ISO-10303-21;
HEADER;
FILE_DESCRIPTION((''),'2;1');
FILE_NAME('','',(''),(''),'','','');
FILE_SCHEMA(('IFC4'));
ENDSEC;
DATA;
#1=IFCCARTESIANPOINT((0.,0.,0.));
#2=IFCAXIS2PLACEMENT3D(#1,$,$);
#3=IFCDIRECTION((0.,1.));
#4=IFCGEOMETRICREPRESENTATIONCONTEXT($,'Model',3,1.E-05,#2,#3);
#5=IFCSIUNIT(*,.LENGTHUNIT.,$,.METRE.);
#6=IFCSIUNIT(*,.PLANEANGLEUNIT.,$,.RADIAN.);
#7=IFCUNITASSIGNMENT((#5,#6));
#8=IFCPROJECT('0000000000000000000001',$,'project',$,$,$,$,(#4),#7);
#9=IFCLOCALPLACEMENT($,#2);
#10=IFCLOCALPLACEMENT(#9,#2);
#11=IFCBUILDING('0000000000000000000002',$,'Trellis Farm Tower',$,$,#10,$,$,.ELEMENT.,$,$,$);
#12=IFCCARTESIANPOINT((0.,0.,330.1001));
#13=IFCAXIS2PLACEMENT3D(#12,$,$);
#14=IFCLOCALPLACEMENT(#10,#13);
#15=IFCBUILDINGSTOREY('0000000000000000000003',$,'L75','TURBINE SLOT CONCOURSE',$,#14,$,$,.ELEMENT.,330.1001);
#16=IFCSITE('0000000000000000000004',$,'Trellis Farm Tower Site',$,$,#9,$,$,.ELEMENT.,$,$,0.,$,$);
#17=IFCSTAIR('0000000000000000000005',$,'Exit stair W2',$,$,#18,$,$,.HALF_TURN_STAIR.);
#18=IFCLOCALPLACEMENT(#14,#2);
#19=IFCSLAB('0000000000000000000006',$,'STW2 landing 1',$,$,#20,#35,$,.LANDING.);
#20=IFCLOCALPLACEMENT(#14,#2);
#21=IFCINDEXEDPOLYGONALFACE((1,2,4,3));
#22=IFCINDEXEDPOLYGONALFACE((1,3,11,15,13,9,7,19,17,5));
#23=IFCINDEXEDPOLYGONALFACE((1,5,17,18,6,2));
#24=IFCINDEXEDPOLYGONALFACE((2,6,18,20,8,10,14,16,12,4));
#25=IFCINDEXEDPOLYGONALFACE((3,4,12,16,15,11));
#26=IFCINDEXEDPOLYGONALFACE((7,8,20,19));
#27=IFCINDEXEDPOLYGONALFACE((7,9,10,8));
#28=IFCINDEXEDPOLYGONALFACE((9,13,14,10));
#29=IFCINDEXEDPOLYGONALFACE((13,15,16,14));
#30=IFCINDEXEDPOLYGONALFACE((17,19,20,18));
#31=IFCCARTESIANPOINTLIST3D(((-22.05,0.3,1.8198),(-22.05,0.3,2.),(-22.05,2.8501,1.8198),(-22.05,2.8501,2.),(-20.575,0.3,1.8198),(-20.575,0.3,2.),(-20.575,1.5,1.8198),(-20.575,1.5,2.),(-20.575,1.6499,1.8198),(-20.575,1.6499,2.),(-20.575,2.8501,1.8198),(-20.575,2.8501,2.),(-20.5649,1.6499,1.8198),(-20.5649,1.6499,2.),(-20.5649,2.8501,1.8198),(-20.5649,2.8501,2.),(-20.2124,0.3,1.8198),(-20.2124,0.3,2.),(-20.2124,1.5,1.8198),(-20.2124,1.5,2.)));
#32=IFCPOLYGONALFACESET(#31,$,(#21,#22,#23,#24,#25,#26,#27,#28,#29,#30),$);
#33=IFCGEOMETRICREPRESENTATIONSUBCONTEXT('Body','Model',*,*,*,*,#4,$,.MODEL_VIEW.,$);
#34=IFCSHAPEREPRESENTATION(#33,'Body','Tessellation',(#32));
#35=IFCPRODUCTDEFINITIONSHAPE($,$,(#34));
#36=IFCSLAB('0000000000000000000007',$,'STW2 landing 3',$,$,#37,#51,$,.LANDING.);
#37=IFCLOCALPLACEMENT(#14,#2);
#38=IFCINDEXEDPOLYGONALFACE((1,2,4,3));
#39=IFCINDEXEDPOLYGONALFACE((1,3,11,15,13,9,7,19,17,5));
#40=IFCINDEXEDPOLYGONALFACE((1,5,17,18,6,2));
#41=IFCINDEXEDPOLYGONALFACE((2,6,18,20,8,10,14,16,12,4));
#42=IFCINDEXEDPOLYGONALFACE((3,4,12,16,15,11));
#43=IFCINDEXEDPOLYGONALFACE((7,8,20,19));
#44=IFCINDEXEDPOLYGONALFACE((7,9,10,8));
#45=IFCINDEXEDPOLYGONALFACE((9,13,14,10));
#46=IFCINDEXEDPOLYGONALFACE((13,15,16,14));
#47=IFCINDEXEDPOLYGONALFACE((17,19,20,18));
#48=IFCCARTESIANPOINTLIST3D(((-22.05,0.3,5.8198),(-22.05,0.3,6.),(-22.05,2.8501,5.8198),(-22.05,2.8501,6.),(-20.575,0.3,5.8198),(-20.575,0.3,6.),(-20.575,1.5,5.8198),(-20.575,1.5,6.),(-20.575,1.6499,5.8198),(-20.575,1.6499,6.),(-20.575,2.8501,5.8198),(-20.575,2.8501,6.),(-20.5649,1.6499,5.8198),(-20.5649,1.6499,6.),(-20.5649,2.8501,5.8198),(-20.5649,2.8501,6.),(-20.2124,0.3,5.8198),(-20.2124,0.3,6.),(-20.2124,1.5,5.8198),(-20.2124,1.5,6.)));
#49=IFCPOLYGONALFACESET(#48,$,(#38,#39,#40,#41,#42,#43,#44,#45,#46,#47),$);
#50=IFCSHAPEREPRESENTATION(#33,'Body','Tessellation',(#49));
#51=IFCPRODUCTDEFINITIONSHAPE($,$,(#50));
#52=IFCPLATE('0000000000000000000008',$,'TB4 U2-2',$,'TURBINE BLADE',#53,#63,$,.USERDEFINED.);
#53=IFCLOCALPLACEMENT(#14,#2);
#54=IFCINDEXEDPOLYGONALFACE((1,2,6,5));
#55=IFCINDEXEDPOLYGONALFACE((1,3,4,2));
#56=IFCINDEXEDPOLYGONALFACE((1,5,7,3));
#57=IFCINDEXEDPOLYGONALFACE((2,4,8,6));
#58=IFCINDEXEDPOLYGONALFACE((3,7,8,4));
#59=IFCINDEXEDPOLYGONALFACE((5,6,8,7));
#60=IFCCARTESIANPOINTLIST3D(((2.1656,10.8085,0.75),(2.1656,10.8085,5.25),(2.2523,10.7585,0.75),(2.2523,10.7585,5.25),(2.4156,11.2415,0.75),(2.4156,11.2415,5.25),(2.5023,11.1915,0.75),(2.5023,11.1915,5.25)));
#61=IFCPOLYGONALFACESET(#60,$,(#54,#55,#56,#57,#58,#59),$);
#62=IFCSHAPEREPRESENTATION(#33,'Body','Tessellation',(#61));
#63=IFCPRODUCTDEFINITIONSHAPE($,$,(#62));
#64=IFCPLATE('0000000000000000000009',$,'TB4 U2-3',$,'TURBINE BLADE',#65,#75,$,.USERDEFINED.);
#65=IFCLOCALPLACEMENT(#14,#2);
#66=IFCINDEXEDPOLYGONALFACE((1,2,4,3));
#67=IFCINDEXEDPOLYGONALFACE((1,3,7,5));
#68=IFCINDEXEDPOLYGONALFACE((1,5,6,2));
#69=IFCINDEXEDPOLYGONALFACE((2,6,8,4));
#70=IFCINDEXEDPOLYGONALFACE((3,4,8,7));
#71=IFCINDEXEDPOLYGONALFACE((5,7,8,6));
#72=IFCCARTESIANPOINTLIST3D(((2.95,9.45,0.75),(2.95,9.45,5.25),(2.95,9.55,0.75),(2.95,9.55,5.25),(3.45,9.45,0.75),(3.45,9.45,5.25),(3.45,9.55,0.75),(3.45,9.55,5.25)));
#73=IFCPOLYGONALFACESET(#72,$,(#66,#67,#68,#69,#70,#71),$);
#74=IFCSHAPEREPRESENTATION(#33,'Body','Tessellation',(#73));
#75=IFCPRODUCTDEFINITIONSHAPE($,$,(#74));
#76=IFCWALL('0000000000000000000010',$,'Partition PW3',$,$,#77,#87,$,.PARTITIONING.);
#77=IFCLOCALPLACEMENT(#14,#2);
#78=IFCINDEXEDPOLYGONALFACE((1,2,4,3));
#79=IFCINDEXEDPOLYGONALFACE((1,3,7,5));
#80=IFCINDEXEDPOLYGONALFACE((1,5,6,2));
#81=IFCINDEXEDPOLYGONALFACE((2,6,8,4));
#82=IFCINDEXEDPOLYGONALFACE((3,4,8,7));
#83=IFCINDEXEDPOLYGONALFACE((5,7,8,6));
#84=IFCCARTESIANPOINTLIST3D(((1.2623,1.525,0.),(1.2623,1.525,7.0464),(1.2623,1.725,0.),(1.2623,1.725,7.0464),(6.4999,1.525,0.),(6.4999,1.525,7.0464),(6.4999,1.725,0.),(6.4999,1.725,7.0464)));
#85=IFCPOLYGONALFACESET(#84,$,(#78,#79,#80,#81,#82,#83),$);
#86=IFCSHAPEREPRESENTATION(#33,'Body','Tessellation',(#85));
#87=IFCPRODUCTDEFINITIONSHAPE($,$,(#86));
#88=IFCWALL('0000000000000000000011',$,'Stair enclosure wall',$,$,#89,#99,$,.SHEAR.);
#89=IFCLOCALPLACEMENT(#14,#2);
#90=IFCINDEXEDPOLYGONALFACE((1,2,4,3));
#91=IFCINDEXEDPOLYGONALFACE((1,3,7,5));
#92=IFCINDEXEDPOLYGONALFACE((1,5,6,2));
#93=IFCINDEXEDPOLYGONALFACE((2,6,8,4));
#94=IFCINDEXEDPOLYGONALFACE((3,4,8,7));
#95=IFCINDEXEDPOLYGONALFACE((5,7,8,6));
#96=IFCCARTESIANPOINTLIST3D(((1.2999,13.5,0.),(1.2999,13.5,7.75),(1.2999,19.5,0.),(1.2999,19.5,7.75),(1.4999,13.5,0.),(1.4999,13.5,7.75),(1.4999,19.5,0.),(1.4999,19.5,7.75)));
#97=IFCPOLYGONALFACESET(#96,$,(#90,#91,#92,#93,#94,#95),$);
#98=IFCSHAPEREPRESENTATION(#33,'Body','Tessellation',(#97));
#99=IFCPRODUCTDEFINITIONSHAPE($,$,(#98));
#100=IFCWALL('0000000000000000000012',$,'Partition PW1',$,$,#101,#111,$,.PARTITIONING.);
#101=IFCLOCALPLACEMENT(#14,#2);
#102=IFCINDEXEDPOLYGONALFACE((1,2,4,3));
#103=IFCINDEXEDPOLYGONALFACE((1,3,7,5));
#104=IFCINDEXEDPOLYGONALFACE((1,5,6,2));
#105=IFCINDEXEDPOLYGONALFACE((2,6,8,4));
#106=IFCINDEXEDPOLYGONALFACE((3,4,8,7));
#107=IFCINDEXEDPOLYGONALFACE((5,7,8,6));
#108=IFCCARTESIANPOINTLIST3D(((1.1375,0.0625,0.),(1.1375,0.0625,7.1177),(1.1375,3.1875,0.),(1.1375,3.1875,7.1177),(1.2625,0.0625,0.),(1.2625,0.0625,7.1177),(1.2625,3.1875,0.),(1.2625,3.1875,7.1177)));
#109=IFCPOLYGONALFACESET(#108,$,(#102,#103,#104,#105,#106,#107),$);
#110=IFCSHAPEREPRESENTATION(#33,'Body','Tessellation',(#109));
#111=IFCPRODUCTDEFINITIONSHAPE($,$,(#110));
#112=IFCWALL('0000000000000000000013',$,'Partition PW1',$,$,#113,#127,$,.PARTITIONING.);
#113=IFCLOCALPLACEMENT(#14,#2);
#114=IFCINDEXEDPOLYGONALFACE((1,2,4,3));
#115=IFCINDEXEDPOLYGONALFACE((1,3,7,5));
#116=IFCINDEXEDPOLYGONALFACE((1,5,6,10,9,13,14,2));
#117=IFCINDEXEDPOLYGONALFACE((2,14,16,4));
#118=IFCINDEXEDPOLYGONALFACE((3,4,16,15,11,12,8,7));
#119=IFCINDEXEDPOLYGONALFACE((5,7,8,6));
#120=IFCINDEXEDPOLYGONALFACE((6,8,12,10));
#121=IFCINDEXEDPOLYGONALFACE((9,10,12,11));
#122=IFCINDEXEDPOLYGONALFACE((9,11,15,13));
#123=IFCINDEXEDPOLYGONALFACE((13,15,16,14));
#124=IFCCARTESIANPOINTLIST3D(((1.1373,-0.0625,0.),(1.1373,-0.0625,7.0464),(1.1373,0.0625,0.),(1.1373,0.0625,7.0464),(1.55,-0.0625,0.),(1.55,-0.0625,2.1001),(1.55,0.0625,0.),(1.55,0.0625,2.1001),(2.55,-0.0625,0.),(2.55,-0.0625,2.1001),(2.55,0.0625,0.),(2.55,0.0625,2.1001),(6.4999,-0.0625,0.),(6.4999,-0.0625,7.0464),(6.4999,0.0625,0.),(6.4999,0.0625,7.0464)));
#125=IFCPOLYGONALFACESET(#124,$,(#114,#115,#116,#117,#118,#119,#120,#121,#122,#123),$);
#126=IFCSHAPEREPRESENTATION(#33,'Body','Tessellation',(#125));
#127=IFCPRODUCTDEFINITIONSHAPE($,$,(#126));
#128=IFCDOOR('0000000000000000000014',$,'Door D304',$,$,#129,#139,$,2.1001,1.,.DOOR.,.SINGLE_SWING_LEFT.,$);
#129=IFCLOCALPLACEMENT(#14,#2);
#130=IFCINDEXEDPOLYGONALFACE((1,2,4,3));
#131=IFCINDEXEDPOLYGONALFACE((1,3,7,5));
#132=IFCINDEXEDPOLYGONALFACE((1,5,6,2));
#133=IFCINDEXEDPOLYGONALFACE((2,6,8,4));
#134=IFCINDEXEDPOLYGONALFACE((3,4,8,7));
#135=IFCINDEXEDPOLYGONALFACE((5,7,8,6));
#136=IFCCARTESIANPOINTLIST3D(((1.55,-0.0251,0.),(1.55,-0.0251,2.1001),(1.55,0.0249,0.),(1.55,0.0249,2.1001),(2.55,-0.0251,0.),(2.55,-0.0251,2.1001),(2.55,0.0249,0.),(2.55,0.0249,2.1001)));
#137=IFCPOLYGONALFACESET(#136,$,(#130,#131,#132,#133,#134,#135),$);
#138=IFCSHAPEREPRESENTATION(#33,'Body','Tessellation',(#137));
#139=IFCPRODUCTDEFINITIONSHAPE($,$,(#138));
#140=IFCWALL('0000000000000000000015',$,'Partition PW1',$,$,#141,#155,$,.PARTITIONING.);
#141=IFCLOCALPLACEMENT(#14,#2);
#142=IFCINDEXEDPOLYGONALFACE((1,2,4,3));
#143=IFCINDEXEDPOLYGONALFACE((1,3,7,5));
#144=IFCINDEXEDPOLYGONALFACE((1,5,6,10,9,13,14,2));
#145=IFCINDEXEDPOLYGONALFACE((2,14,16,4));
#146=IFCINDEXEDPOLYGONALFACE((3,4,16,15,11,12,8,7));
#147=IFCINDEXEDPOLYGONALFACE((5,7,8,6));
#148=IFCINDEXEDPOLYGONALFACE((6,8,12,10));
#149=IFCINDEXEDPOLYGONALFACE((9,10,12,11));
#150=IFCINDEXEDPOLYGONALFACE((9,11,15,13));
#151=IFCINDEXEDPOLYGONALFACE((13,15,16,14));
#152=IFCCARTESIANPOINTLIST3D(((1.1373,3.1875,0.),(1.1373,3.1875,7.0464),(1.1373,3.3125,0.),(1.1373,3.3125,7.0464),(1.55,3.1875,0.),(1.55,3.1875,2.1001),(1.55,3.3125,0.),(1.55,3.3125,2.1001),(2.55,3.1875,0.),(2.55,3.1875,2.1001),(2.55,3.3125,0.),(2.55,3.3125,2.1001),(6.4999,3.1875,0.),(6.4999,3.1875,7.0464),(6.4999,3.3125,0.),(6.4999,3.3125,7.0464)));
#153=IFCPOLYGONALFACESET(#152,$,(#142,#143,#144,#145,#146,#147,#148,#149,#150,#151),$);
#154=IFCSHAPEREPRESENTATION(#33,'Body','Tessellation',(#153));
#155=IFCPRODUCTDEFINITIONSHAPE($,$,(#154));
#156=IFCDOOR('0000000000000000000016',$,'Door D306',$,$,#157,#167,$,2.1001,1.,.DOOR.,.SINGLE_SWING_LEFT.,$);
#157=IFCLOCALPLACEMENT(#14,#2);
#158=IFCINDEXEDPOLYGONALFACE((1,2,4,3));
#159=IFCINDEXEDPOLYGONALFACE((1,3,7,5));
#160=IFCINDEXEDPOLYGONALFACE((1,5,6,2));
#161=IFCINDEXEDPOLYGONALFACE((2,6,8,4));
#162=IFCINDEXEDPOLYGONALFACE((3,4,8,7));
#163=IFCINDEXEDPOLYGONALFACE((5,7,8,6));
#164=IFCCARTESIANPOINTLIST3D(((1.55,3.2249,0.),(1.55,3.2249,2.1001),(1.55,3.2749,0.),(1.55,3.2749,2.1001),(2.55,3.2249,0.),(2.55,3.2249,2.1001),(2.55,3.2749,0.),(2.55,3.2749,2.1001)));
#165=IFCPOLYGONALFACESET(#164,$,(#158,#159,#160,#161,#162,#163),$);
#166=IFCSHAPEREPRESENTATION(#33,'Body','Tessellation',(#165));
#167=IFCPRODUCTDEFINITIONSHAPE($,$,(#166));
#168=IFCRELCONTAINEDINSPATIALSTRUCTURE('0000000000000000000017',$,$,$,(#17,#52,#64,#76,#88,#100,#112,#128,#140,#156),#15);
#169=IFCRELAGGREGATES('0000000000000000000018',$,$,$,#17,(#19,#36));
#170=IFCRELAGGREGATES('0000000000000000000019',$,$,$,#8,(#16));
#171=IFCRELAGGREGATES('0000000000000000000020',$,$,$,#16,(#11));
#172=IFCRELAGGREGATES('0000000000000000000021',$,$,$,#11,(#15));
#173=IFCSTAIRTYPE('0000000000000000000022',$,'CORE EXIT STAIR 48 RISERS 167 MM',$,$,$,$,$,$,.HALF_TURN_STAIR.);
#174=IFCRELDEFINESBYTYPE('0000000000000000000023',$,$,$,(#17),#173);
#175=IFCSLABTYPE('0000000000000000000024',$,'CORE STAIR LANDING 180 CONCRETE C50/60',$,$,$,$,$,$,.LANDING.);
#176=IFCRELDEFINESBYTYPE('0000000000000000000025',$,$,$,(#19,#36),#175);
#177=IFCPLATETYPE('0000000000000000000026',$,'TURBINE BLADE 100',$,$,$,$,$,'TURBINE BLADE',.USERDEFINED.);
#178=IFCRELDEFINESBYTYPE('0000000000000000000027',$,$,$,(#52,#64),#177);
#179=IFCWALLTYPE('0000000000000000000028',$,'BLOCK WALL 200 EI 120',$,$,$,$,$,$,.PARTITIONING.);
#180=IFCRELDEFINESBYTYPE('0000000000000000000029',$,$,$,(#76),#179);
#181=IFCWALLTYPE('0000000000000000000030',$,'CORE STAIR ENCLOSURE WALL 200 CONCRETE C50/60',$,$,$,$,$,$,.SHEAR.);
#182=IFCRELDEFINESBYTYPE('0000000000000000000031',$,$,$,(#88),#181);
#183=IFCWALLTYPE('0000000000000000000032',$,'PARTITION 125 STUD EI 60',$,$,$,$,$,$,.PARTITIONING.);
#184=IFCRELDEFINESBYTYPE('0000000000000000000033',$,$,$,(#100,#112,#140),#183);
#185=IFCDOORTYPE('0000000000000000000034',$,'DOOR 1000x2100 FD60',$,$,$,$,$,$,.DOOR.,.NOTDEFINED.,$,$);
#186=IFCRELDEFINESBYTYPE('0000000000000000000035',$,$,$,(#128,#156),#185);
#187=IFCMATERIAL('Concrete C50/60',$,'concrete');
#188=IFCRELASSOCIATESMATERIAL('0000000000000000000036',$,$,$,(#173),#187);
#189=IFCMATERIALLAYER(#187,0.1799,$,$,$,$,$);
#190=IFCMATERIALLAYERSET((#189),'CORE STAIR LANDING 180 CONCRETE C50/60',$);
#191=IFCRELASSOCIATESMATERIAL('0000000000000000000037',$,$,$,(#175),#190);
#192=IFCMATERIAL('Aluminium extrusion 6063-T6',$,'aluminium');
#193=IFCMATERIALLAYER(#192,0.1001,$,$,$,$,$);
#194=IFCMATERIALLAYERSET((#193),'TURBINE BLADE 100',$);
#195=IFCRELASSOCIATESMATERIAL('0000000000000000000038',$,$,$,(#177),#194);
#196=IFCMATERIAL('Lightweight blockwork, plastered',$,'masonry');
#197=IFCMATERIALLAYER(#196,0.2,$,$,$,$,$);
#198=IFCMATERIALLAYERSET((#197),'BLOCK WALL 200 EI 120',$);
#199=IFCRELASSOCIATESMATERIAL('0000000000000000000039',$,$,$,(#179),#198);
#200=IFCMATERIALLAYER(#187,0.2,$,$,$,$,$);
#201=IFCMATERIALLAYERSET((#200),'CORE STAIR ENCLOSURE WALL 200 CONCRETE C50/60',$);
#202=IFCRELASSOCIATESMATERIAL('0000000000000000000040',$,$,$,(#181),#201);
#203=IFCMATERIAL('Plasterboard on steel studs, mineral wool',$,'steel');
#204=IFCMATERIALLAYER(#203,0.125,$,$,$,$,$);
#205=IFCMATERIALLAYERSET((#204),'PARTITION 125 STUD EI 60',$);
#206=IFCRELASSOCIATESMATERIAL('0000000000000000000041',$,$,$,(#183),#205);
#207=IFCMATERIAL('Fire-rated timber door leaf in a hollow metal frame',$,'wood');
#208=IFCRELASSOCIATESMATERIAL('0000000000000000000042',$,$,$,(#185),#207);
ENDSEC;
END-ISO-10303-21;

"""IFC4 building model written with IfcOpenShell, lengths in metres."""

from ifc_helpers import new_model, si_unit, direction, frame, frame_2d, origin, origin_2d, place, context, subcontext, project, spatial, polyline, rectangle, outline, extrude, source, transform, mapped, material, layer, layer_set, type_object, element, fill, aggregate, save


model = new_model("IFC4")

# Units and contexts
model_context = context("Model", 3, precision=1e-05, world=origin(), true_north=direction((0.0, 1.0)))
body_context = subcontext(model_context, "Body", "Model", "MODEL_VIEW")
ifc_project = project(units=[si_unit("LENGTHUNIT", "METRE"), si_unit("PLANEANGLEUNIT", "RADIAN")], contexts=[model_context])

# Site, building, storey
site_placement = place(None, origin())
site = spatial("IfcSite", under=ifc_project, at=site_placement, Name="Trellis Farm Tower Site", CompositionType="ELEMENT", RefElevation=0.0)
building_placement = place(site_placement, origin())
building = spatial("IfcBuilding", under=site, at=building_placement, Name="Trellis Farm Tower", CompositionType="ELEMENT")
storey_placement = place(building_placement, frame((0.0, 0.0, 330.1001)))
storey = spatial("IfcBuildingStorey", under=building, at=storey_placement, Name="L75", Description="TURBINE SLOT CONCOURSE", CompositionType="ELEMENT", Elevation=330.1001)

# Stair
ifc_material_1 = material(Name="Concrete C50/60", Category="concrete")
stair_type = type_object("IfcStairType", Name="CORE EXIT STAIR 48 RISERS 167 MM", PredefinedType="HALF_TURN_STAIR", material=ifc_material_1)
placement_1 = place(storey_placement, origin())
ifc_layer_1 = layer(ifc_material_1, 0.1799)
ifc_layer_set_1 = layer_set([ifc_layer_1], Name="CORE STAIR LANDING 180 CONCRETE C50/60")
slab_type = type_object("IfcSlabType", Name="CORE STAIR LANDING 180 CONCRETE C50/60", PredefinedType="LANDING", material=ifc_layer_set_1)
stair_1 = element("IfcStair", 1, at=placement_1, inside=storey, type_object=stair_type, Name="Exit stair W2", PredefinedType="HALF_TURN_STAIR")

# Slabs
placement_2 = place(storey_placement, frame((0.0, 0.0, 5.8198)))
placement_3 = place(storey_placement, frame((0.0, 0.0, 1.8198)))
shared_shape_1 = source(origin(), body_context, "Body", "SweptSolid", [
    extrude(outline(polyline([(-20.2124, 1.5), (-20.2124, 0.3), (-20.575, 0.3), (-22.05, 0.3), (-22.05, 2.8501), (-20.575, 2.8501), (-20.5649, 2.8501), (-20.5649, 1.6499), (-20.575, 1.6499), (-20.575, 1.5), (-20.2124, 1.5)])), origin(), (0.0, 0.0, 1.0), 0.1802),
])
slab_1 = element("IfcSlab", 2, at=placement_3, type_object=slab_type, Name="STW2 landing 1", PredefinedType="LANDING", context=body_context, shape_type="MappedRepresentation", body=[
    mapped(shared_shape_1, transform((0.0, 0.0, 0.0))),
])
slab_2 = element("IfcSlab", 3, at=placement_2, type_object=slab_type, Name="STW2 landing 3", PredefinedType="LANDING", context=body_context, shape_type="MappedRepresentation", body=[
    mapped(shared_shape_1, transform((0.0, 0.0, 0.0))),
])
aggregate(stair_1, [slab_1, slab_2])

# Plates
ifc_material_2 = material(Name="Aluminium extrusion 6063-T6", Category="aluminium")
ifc_layer_2 = layer(ifc_material_2, 0.1001)
ifc_layer_set_2 = layer_set([ifc_layer_2], Name="TURBINE BLADE 100")
plate_type = type_object("IfcPlateType", Name="TURBINE BLADE 100", ElementType="TURBINE BLADE", PredefinedType="USERDEFINED", material=ifc_layer_set_2)
shared_shape_2 = source(origin(), body_context, "Body", "SweptSolid", [
    extrude(rectangle(XDim=0.5, YDim=0.1001, at=origin_2d()), origin(), (0.0, 0.0, 1.0), 4.5),
])
for number, where, z_axis, x_axis, name in (
    (4, (2.334, 11.0, 0.75), (0.0, 0.0, 1.0), (-0.5, -0.866025, 0.0), "TB4 U2-2"),
    (5, (3.2, 9.5, 0.75), (0.0, 0.0, 1.0), (1.0, 0.0, 0.0), "TB4 U2-3"),
):
    element("IfcPlate", number, at=place(storey_placement, frame(where, z_axis=z_axis, x_axis=x_axis)), inside=storey, type_object=plate_type, Name=name, ObjectType="TURBINE BLADE", PredefinedType="USERDEFINED", context=body_context, shape_type="MappedRepresentation", body=[
        mapped(shared_shape_2, transform((0.0, 0.0, 0.0))),
    ])

# Walls
ifc_material_3 = material(Name="Lightweight blockwork, plastered", Category="masonry")
ifc_layer_3 = layer(ifc_material_3, 0.2)
ifc_layer_set_3 = layer_set([ifc_layer_3], Name="BLOCK WALL 200 EI 120")
wall_type_1 = type_object("IfcWallType", Name="BLOCK WALL 200 EI 120", PredefinedType="PARTITIONING", material=ifc_layer_set_3)
wall_1_placement = place(storey_placement, frame((1.2625, 1.625, 0.0), z_axis=(0.0, 0.0, 1.0), x_axis=(1.0, 0.0, 0.0)))
element("IfcWall", 6, at=wall_1_placement, inside=storey, type_object=wall_type_1, Name="Partition PW3", PredefinedType="PARTITIONING", context=body_context, shape_type="SweptSolid", body=[
    extrude(rectangle(XDim=5.2375, YDim=0.2, at=frame_2d((2.6187, 0.0))), origin(), (0.0, 0.0, 1.0), 7.0464),
])
ifc_layer_4 = layer(ifc_material_1, 0.2)
ifc_layer_set_4 = layer_set([ifc_layer_4], Name="CORE STAIR ENCLOSURE WALL 200 CONCRETE C50/60")
wall_type_2 = type_object("IfcWallType", Name="CORE STAIR ENCLOSURE WALL 200 CONCRETE C50/60", PredefinedType="SHEAR", material=ifc_layer_set_4)
shared_shape_3 = source(origin(), body_context, "Body", "SweptSolid", [
    extrude(rectangle(XDim=6.0, YDim=0.2, at=frame_2d((3.0, 0.0))), origin(), (0.0, 0.0, 1.0), 7.75),
])
wall_2_placement = place(storey_placement, frame((1.3999, 13.5, 0.0), z_axis=(0.0, 0.0, 1.0), x_axis=(0.0, 1.0, 0.0)))
element("IfcWall", 7, at=wall_2_placement, inside=storey, type_object=wall_type_2, Name="Stair enclosure wall", PredefinedType="SHEAR", context=body_context, shape_type="MappedRepresentation", body=[
    mapped(shared_shape_3, transform((0.0, 0.0, 0.0))),
])
ifc_material_4 = material(Name="Plasterboard on steel studs, mineral wool", Category="steel")
ifc_layer_5 = layer(ifc_material_4, 0.125)
ifc_layer_set_5 = layer_set([ifc_layer_5], Name="PARTITION 125 STUD EI 60")
wall_type_3 = type_object("IfcWallType", Name="PARTITION 125 STUD EI 60", PredefinedType="PARTITIONING", material=ifc_layer_set_5)
shared_shape_4 = source(origin(), body_context, "Body", "SweptSolid", [
    extrude(rectangle(XDim=3.125, YDim=0.125, at=frame_2d((1.5625, 0.0))), origin(), (0.0, 0.0, 1.0), 7.1177),
])
wall_3_placement = place(storey_placement, frame((1.2, 0.0625, 0.0), z_axis=(0.0, 0.0, 1.0), x_axis=(0.0, 1.0, 0.0)))
element("IfcWall", 8, at=wall_3_placement, inside=storey, type_object=wall_type_3, Name="Partition PW1", PredefinedType="PARTITIONING", context=body_context, shape_type="MappedRepresentation", body=[
    mapped(shared_shape_4, transform((0.0, 0.0, 0.0))),
])

# Walls, openings, doors
shared_shape_5 = source(origin(), body_context, "Body", "SweptSolid", [
    extrude(rectangle(XDim=5.3625, YDim=0.125, at=frame_2d((2.6812, 0.0))), origin(), (0.0, 0.0, 1.0), 7.0464),
])
wall_4_placement = place(storey_placement, frame((1.1375, 0.0, 0.0), z_axis=(0.0, 0.0, 1.0), x_axis=(1.0, 0.0, 0.0)))
wall_4 = element("IfcWall", 9, at=wall_4_placement, inside=storey, type_object=wall_type_3, Name="Partition PW1", PredefinedType="PARTITIONING", context=body_context, shape_type="MappedRepresentation", body=[
    mapped(shared_shape_5, transform((0.0, 0.0, 0.0))),
])
shared_shape_6 = source(origin(), body_context, "Body", "SweptSolid", [
    extrude(rectangle(XDim=1.0, YDim=2.1001, at=frame_2d((0.5, 1.05))), frame((0.0, 0.0725, 0.0), z_axis=(0.0, -1.0, 0.0), x_axis=(1.0, 0.0, 0.0)), (0.0, 0.0, 1.0), 0.145),
])
opening_1_placement = place(wall_4_placement, frame((0.4126, 0.0, 0.0)))
opening_1 = element("IfcOpeningElement", 10, at=opening_1_placement, cuts=wall_4, PredefinedType="OPENING", context=body_context, shape_type="MappedRepresentation", body=[
    mapped(shared_shape_6, transform((0.0, 0.0, 0.0))),
])
ifc_material_5 = material(Name="Fire-rated timber door leaf in a hollow metal frame", Category="wood")
door_type = type_object("IfcDoorType", Name="DOOR 1000x2100 FD60", OperationType="NOTDEFINED", PredefinedType="DOOR", material=ifc_material_5)
shared_shape_7 = source(origin(), body_context, "Body", "SweptSolid", [
    extrude(rectangle(XDim=1.0, YDim=2.1001, at=frame_2d((0.5, 1.05))), frame((0.0, 0.0249, 0.0), z_axis=(0.0, -1.0, 0.0), x_axis=(1.0, 0.0, 0.0)), (0.0, 0.0, 1.0), 0.05),
])
door_1_placement = place(opening_1_placement, origin())
door_1 = element("IfcDoor", 11, at=door_1_placement, inside=storey, type_object=door_type, Name="Door D304", OperationType="SINGLE_SWING_LEFT", OverallHeight=2.1001, OverallWidth=1.0, PredefinedType="DOOR", context=body_context, shape_type="MappedRepresentation", body=[
    mapped(shared_shape_7, transform((0.0, 0.0, 0.0))),
])
fill(opening_1, door_1)
wall_5_placement = place(storey_placement, frame((1.1375, 3.25, 0.0), z_axis=(0.0, 0.0, 1.0), x_axis=(1.0, 0.0, 0.0)))
wall_5 = element("IfcWall", 12, at=wall_5_placement, inside=storey, type_object=wall_type_3, Name="Partition PW1", PredefinedType="PARTITIONING", context=body_context, shape_type="MappedRepresentation", body=[
    mapped(shared_shape_5, transform((0.0, 0.0, 0.0))),
])
opening_2_placement = place(wall_5_placement, frame((0.4126, 0.0, 0.0)))
opening_2 = element("IfcOpeningElement", 13, at=opening_2_placement, cuts=wall_5, PredefinedType="OPENING", context=body_context, shape_type="MappedRepresentation", body=[
    mapped(shared_shape_6, transform((0.0, 0.0, 0.0))),
])
door_2_placement = place(opening_2_placement, origin())
door_2 = element("IfcDoor", 14, at=door_2_placement, inside=storey, type_object=door_type, Name="Door D306", OperationType="SINGLE_SWING_LEFT", OverallHeight=2.1001, OverallWidth=1.0, PredefinedType="DOOR", context=body_context, shape_type="MappedRepresentation", body=[
    mapped(shared_shape_7, transform((0.0, 0.0, 0.0))),
])
fill(opening_2, door_2)

save(model, "model.ifc")
